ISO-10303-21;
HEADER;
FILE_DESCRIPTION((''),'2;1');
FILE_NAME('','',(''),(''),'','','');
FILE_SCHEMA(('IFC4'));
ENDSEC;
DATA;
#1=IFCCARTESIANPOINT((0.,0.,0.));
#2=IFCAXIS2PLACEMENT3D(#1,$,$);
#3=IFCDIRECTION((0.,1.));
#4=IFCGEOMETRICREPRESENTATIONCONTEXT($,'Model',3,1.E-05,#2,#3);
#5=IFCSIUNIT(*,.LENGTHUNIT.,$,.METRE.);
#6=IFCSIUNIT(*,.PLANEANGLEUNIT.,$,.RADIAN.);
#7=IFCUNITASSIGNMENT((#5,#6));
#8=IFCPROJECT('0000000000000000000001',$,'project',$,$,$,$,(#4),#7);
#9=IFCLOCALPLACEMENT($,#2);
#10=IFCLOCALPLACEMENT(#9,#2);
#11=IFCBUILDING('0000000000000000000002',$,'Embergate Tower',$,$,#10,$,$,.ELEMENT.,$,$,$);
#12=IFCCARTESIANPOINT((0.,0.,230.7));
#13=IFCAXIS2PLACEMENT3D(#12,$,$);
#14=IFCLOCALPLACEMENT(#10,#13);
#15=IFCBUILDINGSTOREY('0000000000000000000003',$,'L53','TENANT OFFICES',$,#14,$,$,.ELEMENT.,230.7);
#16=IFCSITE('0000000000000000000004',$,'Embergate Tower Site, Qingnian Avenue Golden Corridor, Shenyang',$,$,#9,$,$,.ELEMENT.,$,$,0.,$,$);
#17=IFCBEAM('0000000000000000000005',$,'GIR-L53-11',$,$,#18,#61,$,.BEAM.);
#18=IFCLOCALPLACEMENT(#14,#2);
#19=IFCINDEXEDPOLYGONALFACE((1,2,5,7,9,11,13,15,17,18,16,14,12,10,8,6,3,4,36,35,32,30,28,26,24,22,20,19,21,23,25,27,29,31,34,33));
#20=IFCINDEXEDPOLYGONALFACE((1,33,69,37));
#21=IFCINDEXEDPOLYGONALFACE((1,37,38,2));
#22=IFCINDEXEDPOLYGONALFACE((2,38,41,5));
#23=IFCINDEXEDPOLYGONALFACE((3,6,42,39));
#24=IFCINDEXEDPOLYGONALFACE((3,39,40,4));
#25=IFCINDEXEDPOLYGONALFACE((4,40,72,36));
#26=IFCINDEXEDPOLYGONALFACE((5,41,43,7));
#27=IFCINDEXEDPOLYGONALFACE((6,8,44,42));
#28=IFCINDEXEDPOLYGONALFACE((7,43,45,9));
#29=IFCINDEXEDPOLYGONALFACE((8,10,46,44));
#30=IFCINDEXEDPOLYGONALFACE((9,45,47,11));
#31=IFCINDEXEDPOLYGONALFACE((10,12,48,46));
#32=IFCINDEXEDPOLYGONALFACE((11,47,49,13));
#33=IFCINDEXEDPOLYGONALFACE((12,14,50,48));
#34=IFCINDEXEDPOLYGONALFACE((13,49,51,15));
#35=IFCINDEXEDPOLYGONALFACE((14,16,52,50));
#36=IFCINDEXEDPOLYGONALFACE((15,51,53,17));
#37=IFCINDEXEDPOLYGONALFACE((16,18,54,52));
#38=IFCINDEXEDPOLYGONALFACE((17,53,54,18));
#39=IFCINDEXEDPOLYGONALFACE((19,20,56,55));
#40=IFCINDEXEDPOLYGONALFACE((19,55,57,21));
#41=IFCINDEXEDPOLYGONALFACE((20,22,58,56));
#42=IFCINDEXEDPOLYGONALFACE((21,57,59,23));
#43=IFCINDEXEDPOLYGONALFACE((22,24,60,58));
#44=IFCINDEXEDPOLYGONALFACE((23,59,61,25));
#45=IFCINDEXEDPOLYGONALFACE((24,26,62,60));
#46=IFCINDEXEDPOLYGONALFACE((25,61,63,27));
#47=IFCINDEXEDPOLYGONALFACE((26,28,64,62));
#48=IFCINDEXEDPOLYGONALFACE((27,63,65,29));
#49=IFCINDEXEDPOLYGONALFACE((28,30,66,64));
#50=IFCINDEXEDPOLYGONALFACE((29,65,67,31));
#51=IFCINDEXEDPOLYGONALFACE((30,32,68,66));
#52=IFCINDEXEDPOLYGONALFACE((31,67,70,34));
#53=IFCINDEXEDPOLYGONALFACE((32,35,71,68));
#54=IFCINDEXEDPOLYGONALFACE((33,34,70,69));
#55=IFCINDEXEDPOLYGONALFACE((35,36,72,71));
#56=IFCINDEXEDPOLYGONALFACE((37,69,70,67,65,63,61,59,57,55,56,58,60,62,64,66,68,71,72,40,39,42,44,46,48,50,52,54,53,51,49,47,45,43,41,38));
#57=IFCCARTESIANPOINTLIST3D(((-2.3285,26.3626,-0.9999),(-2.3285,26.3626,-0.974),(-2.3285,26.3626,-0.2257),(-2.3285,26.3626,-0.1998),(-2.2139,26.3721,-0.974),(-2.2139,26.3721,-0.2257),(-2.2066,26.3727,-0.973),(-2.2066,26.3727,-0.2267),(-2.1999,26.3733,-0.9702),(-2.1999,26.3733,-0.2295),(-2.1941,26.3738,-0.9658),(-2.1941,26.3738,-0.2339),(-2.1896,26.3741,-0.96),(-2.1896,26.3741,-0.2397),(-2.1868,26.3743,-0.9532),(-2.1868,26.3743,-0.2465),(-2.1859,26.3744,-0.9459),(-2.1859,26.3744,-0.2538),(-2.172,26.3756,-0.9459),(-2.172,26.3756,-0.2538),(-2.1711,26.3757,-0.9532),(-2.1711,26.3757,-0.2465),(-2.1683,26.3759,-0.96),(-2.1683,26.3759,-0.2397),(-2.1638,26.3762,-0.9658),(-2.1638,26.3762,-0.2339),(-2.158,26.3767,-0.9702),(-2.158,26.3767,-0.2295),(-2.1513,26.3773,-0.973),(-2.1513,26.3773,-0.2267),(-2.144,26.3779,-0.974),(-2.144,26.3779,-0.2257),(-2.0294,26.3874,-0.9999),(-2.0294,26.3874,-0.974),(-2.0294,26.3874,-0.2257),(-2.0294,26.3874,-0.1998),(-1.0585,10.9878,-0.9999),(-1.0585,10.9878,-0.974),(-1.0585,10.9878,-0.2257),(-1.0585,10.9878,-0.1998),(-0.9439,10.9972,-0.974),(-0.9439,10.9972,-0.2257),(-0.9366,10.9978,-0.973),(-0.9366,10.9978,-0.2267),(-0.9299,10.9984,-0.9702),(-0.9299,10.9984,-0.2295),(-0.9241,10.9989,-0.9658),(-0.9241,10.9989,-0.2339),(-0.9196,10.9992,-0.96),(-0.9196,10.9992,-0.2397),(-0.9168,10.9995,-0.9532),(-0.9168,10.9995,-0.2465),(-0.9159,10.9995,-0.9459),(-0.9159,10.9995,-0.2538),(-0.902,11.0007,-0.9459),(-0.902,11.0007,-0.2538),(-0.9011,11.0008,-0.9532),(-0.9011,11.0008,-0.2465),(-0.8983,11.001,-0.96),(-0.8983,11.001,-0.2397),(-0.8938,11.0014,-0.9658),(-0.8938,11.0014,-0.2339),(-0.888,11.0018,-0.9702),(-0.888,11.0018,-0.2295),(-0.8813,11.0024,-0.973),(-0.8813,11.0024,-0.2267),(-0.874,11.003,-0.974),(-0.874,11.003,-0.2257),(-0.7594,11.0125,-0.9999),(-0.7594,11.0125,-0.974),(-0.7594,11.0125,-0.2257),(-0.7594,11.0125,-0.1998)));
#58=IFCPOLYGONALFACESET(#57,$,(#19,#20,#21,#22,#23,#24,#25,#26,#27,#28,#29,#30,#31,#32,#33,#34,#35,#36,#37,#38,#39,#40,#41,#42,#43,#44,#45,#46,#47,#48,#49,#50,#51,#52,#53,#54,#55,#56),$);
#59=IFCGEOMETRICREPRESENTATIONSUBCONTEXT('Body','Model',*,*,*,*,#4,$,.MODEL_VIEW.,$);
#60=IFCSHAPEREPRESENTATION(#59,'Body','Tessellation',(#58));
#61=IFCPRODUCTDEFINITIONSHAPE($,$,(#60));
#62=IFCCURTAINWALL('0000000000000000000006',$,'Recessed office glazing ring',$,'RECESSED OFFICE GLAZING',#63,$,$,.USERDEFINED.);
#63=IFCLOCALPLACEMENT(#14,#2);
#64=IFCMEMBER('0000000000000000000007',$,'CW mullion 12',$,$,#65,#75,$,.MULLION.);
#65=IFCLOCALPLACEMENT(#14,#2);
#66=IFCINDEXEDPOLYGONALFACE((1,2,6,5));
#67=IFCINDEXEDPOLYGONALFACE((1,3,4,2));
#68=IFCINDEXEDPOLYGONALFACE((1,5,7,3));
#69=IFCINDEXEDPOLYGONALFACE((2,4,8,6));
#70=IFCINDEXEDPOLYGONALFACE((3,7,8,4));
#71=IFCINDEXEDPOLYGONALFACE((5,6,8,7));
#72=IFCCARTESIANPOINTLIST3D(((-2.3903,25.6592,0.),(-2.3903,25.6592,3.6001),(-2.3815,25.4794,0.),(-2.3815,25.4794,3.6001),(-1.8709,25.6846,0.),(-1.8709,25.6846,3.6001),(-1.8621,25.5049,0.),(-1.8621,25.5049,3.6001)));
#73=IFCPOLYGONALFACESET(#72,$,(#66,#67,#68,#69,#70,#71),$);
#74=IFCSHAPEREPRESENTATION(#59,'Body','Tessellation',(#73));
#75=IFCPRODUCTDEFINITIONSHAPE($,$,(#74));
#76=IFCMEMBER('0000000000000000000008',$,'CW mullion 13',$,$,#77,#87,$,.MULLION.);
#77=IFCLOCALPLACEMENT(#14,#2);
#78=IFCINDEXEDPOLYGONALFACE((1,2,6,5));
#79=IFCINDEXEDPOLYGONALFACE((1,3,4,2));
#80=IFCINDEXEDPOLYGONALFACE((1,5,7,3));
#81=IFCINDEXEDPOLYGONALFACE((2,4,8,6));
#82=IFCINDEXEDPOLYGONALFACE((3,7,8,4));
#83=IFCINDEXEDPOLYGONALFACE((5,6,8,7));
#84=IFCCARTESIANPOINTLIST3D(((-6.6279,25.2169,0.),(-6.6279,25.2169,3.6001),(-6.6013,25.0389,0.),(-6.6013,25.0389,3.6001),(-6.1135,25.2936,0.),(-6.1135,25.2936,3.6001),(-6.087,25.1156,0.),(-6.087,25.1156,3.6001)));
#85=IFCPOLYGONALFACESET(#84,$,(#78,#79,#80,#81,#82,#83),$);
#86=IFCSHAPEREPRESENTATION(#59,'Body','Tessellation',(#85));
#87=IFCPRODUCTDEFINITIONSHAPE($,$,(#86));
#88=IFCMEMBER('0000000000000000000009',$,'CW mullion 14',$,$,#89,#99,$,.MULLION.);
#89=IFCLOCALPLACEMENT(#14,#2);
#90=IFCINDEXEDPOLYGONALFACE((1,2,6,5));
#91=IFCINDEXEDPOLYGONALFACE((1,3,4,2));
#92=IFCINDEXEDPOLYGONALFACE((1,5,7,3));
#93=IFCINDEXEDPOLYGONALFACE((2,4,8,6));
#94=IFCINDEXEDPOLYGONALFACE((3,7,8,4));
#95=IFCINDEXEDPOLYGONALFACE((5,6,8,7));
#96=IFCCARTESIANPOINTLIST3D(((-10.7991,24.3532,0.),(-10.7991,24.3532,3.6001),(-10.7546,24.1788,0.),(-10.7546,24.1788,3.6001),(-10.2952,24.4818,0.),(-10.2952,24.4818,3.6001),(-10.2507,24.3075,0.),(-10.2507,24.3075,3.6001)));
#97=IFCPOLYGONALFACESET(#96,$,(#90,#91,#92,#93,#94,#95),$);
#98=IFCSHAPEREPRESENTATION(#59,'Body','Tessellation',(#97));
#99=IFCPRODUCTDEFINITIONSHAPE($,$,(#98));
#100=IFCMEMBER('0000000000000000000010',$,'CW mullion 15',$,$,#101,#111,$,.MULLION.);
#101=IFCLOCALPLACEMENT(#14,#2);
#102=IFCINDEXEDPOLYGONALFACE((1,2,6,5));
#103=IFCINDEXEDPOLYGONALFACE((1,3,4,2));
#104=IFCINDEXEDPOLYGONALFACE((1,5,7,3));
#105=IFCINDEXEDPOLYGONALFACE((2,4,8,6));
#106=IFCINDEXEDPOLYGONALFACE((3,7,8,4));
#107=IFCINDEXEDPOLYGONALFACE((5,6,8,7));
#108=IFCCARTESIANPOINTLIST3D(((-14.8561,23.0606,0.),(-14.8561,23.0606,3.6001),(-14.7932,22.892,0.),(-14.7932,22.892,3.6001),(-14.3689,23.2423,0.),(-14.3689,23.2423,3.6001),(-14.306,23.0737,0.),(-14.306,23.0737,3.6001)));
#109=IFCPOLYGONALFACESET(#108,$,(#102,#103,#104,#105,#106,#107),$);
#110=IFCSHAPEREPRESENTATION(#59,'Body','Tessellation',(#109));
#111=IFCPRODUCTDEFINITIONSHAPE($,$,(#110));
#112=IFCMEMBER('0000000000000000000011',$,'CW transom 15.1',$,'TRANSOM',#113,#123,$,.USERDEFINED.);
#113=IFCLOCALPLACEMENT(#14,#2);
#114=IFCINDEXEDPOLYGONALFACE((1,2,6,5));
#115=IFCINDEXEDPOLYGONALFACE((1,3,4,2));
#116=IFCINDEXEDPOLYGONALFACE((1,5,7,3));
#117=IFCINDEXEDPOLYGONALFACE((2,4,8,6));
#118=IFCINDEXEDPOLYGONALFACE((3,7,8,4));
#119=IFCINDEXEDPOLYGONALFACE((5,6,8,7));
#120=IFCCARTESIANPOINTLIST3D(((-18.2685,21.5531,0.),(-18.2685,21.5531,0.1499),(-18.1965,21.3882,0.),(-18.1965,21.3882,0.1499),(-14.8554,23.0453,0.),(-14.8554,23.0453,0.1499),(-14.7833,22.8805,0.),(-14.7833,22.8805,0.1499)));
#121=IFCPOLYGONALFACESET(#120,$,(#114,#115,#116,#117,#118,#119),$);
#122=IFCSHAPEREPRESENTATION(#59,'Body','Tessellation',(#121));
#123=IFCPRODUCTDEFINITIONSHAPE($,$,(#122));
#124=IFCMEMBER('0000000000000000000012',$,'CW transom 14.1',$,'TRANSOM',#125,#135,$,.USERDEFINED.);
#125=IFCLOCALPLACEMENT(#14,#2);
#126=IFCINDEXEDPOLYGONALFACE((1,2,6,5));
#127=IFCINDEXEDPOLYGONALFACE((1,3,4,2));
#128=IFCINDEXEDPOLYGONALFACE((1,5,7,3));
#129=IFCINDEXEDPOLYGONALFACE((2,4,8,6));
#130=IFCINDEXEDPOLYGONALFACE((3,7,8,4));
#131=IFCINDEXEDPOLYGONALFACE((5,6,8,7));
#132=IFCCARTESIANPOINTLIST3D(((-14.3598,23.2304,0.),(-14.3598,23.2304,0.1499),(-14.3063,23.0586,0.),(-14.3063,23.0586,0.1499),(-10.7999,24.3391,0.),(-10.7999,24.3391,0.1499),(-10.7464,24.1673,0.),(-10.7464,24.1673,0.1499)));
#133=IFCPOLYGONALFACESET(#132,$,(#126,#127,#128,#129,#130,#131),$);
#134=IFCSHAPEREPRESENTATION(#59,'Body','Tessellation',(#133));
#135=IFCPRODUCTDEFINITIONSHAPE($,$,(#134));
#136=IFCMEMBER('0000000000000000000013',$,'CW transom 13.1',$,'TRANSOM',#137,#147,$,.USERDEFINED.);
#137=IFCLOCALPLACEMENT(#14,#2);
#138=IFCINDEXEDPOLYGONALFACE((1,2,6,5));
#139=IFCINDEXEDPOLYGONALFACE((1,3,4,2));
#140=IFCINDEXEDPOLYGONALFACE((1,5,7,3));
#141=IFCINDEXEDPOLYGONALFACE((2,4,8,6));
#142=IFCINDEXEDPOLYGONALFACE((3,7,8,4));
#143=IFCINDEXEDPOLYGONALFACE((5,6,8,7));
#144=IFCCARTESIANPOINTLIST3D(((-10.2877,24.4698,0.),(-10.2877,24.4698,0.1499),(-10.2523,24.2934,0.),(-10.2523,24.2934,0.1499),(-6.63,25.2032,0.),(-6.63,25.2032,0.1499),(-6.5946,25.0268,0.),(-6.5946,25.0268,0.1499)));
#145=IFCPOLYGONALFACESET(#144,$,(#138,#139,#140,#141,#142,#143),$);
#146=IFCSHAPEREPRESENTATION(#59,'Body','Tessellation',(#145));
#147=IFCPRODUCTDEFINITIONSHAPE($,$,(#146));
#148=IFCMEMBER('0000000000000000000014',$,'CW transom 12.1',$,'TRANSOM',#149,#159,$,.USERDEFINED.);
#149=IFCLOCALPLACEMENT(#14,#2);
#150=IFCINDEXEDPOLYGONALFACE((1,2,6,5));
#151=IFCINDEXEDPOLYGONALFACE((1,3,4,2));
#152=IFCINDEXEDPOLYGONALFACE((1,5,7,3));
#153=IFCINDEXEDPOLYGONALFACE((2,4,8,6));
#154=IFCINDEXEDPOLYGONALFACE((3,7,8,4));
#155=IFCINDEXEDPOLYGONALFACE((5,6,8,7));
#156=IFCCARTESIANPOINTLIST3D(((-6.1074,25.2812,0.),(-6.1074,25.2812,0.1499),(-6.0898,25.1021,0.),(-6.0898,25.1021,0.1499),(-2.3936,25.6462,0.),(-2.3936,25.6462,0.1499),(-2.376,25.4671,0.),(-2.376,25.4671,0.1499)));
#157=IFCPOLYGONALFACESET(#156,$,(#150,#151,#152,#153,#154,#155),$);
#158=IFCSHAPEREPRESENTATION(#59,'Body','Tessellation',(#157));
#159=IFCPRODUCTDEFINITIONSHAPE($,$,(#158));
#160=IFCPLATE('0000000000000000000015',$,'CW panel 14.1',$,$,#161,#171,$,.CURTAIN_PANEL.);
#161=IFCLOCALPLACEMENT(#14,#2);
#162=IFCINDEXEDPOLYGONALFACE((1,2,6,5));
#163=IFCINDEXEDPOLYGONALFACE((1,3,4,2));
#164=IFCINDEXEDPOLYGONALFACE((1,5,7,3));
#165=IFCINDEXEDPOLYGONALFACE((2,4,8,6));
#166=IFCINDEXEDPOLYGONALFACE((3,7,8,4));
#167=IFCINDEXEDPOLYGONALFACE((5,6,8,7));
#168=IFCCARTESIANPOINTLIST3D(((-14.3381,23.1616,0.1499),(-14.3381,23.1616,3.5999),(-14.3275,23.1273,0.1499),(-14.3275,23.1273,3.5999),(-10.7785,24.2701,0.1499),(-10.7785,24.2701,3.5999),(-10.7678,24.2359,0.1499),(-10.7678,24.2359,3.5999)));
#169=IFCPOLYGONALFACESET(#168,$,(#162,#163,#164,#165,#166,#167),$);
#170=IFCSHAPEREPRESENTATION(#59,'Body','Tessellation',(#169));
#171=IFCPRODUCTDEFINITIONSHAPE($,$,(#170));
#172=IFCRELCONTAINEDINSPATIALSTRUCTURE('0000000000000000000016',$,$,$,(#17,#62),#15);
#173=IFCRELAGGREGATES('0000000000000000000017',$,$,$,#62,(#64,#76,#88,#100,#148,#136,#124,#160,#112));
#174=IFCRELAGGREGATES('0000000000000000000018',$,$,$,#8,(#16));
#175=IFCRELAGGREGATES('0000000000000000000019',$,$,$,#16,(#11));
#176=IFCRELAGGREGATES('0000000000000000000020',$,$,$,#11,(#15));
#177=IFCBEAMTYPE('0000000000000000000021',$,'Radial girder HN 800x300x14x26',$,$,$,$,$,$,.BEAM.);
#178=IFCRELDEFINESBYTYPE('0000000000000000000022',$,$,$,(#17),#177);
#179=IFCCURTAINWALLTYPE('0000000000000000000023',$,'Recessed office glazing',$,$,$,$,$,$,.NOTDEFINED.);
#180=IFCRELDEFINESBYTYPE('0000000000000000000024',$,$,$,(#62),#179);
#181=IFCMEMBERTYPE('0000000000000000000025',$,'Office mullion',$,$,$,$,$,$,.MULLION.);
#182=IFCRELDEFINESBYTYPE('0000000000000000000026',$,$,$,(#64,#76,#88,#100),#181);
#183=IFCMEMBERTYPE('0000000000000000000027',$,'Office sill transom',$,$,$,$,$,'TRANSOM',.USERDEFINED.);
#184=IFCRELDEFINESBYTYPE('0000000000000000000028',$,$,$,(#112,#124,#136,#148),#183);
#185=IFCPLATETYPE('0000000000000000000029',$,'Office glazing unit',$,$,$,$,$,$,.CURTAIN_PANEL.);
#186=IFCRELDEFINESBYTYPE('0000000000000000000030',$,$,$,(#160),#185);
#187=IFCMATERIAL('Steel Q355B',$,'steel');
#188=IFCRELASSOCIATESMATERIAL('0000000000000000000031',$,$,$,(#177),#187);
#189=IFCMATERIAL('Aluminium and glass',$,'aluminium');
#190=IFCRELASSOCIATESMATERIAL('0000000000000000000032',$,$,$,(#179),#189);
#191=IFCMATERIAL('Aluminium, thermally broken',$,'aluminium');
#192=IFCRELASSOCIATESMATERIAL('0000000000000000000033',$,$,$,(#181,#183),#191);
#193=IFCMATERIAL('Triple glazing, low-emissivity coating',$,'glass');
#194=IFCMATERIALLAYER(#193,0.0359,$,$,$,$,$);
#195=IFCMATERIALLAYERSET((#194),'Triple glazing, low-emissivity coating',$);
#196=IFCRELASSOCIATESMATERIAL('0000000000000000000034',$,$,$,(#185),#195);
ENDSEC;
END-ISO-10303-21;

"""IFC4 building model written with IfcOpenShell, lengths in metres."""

from ifc_helpers import new_model, si_unit, direction, frame, origin, origin_2d, place, context, subcontext, project, spatial, rectangle, i_section, extrude, source, transform, mapped, material, layer, layer_set, material_profile, profile_set, type_object, element, aggregate, save


model = new_model("IFC4")

# Units and contexts
model_context = context("Model", 3, precision=1e-05, world=origin(), true_north=direction((0.0, 1.0)))
body_context = subcontext(model_context, "Body", "Model", "MODEL_VIEW")
ifc_project = project(units=[si_unit("LENGTHUNIT", "METRE"), si_unit("PLANEANGLEUNIT", "RADIAN")], contexts=[model_context])

# Site, building, storey
site_placement = place(None, origin())
site = spatial("IfcSite", under=ifc_project, at=site_placement, Name="Embergate Tower Site, Qingnian Avenue Golden Corridor, Shenyang", CompositionType="ELEMENT", RefElevation=0.0)
building_placement = place(site_placement, origin())
building = spatial("IfcBuilding", under=site, at=building_placement, Name="Embergate Tower", CompositionType="ELEMENT")
storey_placement = place(building_placement, frame((0.0, 0.0, 230.7)))
storey = spatial("IfcBuildingStorey", under=building, at=storey_placement, Name="L53", Description="TENANT OFFICES", CompositionType="ELEMENT", Elevation=230.7)

# Beam
ifc_material_1 = material(Name="Steel Q355B", Category="steel")
ifc_material_profile_1 = material_profile(ifc_material_1, i_section(OverallWidth=0.3, OverallDepth=0.8, WebThickness=0.0139, FlangeThickness=0.0259, FilletRadius=0.0281, at=origin_2d()), Name="HN 800x300x14x26")
ifc_profile_set_1 = profile_set([ifc_material_profile_1], Name="Steel Q355 grade B")
beam_type_1 = type_object("IfcBeamType", Name="Radial girder HN 800x300x14x26", PredefinedType="BEAM", material=ifc_profile_set_1)
shared_shape_1 = source(origin(), body_context, "Body", "SweptSolid", [
    extrude(i_section(OverallWidth=0.3, OverallDepth=0.8, WebThickness=0.0139, FlangeThickness=0.0259, FilletRadius=0.0281, at=origin_2d()), origin(), (0.0, 0.0, 1.0), 15.4272),
])
beam_1_placement = place(storey_placement, frame((-2.179, 26.375, -0.5999), z_axis=(0.082323, -0.996606, 0.0), x_axis=(0.996606, 0.082323, 0.0)))
element("IfcBeam", 1, at=beam_1_placement, inside=storey, type_object=beam_type_1, Name="GIR-L53-11", PredefinedType="BEAM", context=body_context, shape_type="MappedRepresentation", body=[
    mapped(shared_shape_1, transform((0.0, 0.0, 0.0))),
])

# Curtain wall, members, plate
ifc_material_2 = material(Name="Aluminium and glass", Category="aluminium")
curtain_wall_type = type_object("IfcCurtainWallType", Name="Recessed office glazing", PredefinedType="NOTDEFINED", material=ifc_material_2)
curtain_wall_placement = place(storey_placement, origin())
curtain_wall = element("IfcCurtainWall", 2, at=curtain_wall_placement, inside=storey, type_object=curtain_wall_type, Name="Recessed office glazing ring", ObjectType="RECESSED OFFICE GLAZING", PredefinedType="USERDEFINED")
ifc_material_3 = material(Name="Aluminium, thermally broken", Category="aluminium")
ifc_material_profile_2 = material_profile(ifc_material_3, rectangle(XDim=0.1799, YDim=0.52, at=origin_2d()), Name="AL 520x180")
ifc_profile_set_2 = profile_set([ifc_material_profile_2], Name="Aluminium, thermally broken")
member_type_1 = type_object("IfcMemberType", Name="Office mullion", PredefinedType="MULLION", material=ifc_profile_set_2)
shared_shape_2 = source(origin(), body_context, "Body", "SweptSolid", [
    extrude(rectangle(XDim=0.1799, YDim=0.52, at=origin_2d()), origin(), (0.0, 0.0, 1.0), 3.6001),
])
member_1_placement = place(storey_placement, frame((-2.1262, 25.582, 0.0), z_axis=(0.0, 0.0, 1.0), x_axis=(0.04897, -0.9988, 0.0)))
member_1 = element("IfcMember", 3, at=member_1_placement, type_object=member_type_1, Name="CW mullion 12", PredefinedType="MULLION", context=body_context, shape_type="MappedRepresentation", body=[
    mapped(shared_shape_2, transform((0.0, 0.0, 0.0))),
])
member_2_placement = place(storey_placement, frame((-6.3574, 25.1663, 0.0), z_axis=(0.0, 0.0, 1.0), x_axis=(0.147407, -0.989076, 0.0)))
member_2 = element("IfcMember", 4, at=member_2_placement, type_object=member_type_1, Name="CW mullion 13", PredefinedType="MULLION", context=body_context, shape_type="MappedRepresentation", body=[
    mapped(shared_shape_2, transform((0.0, 0.0, 0.0))),
])
member_3_placement = place(storey_placement, frame((-10.5249, 24.3303, 0.0), z_axis=(0.0, 0.0, 1.0), x_axis=(0.247305, -0.968938, 0.0)))
member_3 = element("IfcMember", 5, at=member_3_placement, type_object=member_type_1, Name="CW mullion 14", PredefinedType="MULLION", context=body_context, shape_type="MappedRepresentation", body=[
    mapped(shared_shape_2, transform((0.0, 0.0, 0.0))),
])
member_4_placement = place(storey_placement, frame((-14.5811, 23.0671, 0.0), z_axis=(0.0, 0.0, 1.0), x_axis=(0.349493, -0.936939, 0.0)))
member_4 = element("IfcMember", 6, at=member_4_placement, type_object=member_type_1, Name="CW mullion 15", PredefinedType="MULLION", context=body_context, shape_type="MappedRepresentation", body=[
    mapped(shared_shape_2, transform((0.0, 0.0, 0.0))),
])
ifc_material_profile_3 = material_profile(ifc_material_3, rectangle(XDim=0.1799, YDim=0.1499, at=origin_2d()), Name="AL 150x180")
ifc_profile_set_3 = profile_set([ifc_material_profile_3], Name="Aluminium, thermally broken")
member_type_2 = type_object("IfcMemberType", Name="Office sill transom", ElementType="TRANSOM", PredefinedType="USERDEFINED", material=ifc_profile_set_3)
shared_shape_3 = source(origin(), body_context, "Body", "SweptSolid", [
    extrude(rectangle(XDim=0.1799, YDim=0.1499, at=origin_2d()), origin(), (0.0, 0.0, 1.0), 3.7251),
])
member_5_placement = place(storey_placement, frame((-14.8193, 22.9629, 0.075), z_axis=(-0.91626, -0.400585, 0.0), x_axis=(0.400585, -0.91626, 0.0)))
member_5 = element("IfcMember", 7, at=member_5_placement, type_object=member_type_2, Name="CW transom 15.1", ObjectType="TRANSOM", PredefinedType="USERDEFINED", context=body_context, shape_type="MappedRepresentation", body=[
    mapped(shared_shape_3, transform((0.0, 0.0, 0.0))),
])
shared_shape_4 = source(origin(), body_context, "Body", "SweptSolid", [
    extrude(rectangle(XDim=0.1799, YDim=0.1499, at=origin_2d()), origin(), (0.0, 0.0, 1.0), 3.7285),
])
member_6_placement = place(storey_placement, frame((-10.7732, 24.2532, 0.075), z_axis=(-0.95477, -0.297346, 0.0), x_axis=(0.297346, -0.95477, 0.0)))
member_6 = element("IfcMember", 8, at=member_6_placement, type_object=member_type_2, Name="CW transom 14.1", ObjectType="TRANSOM", PredefinedType="USERDEFINED", context=body_context, shape_type="MappedRepresentation", body=[
    mapped(shared_shape_4, transform((0.0, 0.0, 0.0))),
])
shared_shape_5 = source(origin(), body_context, "Body", "SweptSolid", [
    extrude(rectangle(XDim=0.1799, YDim=0.1499, at=origin_2d()), origin(), (0.0, 0.0, 1.0), 3.7305),
])
member_7_placement = place(storey_placement, frame((-6.6123, 25.115, 0.075), z_axis=(-0.980485, -0.196594, 0.0), x_axis=(0.196594, -0.980485, 0.0)))
member_7 = element("IfcMember", 9, at=member_7_placement, type_object=member_type_2, Name="CW transom 13.1", ObjectType="TRANSOM", PredefinedType="USERDEFINED", context=body_context, shape_type="MappedRepresentation", body=[
    mapped(shared_shape_5, transform((0.0, 0.0, 0.0))),
])
shared_shape_6 = source(origin(), body_context, "Body", "SweptSolid", [
    extrude(rectangle(XDim=0.1799, YDim=0.1499, at=origin_2d()), origin(), (0.0, 0.0, 1.0), 3.7317),
])
member_8_placement = place(storey_placement, frame((-2.3848, 25.5566, 0.075), z_axis=(-0.995205, -0.097806, 0.0), x_axis=(0.097806, -0.995205, 0.0)))
member_8 = element("IfcMember", 10, at=member_8_placement, type_object=member_type_2, Name="CW transom 12.1", ObjectType="TRANSOM", PredefinedType="USERDEFINED", context=body_context, shape_type="MappedRepresentation", body=[
    mapped(shared_shape_6, transform((0.0, 0.0, 0.0))),
])
ifc_material_4 = material(Name="Triple glazing, low-emissivity coating", Category="glass")
ifc_layer_1 = layer(ifc_material_4, 0.0359)
ifc_layer_set_1 = layer_set([ifc_layer_1], Name="Triple glazing, low-emissivity coating")
plate_type = type_object("IfcPlateType", Name="Office glazing unit", PredefinedType="CURTAIN_PANEL", material=ifc_layer_set_1)
shared_shape_7 = source(origin(), body_context, "Body", "SweptSolid", [
    extrude(rectangle(XDim=3.7283, YDim=0.0359, at=origin_2d()), origin(), (0.0, 0.0, 1.0), 3.45),
])
plate_1_placement = place(storey_placement, frame((-12.553, 23.6987, 0.1499), z_axis=(0.0, 0.0, 1.0), x_axis=(-0.954774, -0.297333, 0.0)))
plate_1 = element("IfcPlate", 11, at=plate_1_placement, type_object=plate_type, Name="CW panel 14.1", PredefinedType="CURTAIN_PANEL", context=body_context, shape_type="MappedRepresentation", body=[
    mapped(shared_shape_7, transform((0.0, 0.0, 0.0))),
])
aggregate(curtain_wall, [member_1, member_2, member_3, member_4, member_8, member_7, member_6, plate_1, member_5])

save(model, "model.ifc")
